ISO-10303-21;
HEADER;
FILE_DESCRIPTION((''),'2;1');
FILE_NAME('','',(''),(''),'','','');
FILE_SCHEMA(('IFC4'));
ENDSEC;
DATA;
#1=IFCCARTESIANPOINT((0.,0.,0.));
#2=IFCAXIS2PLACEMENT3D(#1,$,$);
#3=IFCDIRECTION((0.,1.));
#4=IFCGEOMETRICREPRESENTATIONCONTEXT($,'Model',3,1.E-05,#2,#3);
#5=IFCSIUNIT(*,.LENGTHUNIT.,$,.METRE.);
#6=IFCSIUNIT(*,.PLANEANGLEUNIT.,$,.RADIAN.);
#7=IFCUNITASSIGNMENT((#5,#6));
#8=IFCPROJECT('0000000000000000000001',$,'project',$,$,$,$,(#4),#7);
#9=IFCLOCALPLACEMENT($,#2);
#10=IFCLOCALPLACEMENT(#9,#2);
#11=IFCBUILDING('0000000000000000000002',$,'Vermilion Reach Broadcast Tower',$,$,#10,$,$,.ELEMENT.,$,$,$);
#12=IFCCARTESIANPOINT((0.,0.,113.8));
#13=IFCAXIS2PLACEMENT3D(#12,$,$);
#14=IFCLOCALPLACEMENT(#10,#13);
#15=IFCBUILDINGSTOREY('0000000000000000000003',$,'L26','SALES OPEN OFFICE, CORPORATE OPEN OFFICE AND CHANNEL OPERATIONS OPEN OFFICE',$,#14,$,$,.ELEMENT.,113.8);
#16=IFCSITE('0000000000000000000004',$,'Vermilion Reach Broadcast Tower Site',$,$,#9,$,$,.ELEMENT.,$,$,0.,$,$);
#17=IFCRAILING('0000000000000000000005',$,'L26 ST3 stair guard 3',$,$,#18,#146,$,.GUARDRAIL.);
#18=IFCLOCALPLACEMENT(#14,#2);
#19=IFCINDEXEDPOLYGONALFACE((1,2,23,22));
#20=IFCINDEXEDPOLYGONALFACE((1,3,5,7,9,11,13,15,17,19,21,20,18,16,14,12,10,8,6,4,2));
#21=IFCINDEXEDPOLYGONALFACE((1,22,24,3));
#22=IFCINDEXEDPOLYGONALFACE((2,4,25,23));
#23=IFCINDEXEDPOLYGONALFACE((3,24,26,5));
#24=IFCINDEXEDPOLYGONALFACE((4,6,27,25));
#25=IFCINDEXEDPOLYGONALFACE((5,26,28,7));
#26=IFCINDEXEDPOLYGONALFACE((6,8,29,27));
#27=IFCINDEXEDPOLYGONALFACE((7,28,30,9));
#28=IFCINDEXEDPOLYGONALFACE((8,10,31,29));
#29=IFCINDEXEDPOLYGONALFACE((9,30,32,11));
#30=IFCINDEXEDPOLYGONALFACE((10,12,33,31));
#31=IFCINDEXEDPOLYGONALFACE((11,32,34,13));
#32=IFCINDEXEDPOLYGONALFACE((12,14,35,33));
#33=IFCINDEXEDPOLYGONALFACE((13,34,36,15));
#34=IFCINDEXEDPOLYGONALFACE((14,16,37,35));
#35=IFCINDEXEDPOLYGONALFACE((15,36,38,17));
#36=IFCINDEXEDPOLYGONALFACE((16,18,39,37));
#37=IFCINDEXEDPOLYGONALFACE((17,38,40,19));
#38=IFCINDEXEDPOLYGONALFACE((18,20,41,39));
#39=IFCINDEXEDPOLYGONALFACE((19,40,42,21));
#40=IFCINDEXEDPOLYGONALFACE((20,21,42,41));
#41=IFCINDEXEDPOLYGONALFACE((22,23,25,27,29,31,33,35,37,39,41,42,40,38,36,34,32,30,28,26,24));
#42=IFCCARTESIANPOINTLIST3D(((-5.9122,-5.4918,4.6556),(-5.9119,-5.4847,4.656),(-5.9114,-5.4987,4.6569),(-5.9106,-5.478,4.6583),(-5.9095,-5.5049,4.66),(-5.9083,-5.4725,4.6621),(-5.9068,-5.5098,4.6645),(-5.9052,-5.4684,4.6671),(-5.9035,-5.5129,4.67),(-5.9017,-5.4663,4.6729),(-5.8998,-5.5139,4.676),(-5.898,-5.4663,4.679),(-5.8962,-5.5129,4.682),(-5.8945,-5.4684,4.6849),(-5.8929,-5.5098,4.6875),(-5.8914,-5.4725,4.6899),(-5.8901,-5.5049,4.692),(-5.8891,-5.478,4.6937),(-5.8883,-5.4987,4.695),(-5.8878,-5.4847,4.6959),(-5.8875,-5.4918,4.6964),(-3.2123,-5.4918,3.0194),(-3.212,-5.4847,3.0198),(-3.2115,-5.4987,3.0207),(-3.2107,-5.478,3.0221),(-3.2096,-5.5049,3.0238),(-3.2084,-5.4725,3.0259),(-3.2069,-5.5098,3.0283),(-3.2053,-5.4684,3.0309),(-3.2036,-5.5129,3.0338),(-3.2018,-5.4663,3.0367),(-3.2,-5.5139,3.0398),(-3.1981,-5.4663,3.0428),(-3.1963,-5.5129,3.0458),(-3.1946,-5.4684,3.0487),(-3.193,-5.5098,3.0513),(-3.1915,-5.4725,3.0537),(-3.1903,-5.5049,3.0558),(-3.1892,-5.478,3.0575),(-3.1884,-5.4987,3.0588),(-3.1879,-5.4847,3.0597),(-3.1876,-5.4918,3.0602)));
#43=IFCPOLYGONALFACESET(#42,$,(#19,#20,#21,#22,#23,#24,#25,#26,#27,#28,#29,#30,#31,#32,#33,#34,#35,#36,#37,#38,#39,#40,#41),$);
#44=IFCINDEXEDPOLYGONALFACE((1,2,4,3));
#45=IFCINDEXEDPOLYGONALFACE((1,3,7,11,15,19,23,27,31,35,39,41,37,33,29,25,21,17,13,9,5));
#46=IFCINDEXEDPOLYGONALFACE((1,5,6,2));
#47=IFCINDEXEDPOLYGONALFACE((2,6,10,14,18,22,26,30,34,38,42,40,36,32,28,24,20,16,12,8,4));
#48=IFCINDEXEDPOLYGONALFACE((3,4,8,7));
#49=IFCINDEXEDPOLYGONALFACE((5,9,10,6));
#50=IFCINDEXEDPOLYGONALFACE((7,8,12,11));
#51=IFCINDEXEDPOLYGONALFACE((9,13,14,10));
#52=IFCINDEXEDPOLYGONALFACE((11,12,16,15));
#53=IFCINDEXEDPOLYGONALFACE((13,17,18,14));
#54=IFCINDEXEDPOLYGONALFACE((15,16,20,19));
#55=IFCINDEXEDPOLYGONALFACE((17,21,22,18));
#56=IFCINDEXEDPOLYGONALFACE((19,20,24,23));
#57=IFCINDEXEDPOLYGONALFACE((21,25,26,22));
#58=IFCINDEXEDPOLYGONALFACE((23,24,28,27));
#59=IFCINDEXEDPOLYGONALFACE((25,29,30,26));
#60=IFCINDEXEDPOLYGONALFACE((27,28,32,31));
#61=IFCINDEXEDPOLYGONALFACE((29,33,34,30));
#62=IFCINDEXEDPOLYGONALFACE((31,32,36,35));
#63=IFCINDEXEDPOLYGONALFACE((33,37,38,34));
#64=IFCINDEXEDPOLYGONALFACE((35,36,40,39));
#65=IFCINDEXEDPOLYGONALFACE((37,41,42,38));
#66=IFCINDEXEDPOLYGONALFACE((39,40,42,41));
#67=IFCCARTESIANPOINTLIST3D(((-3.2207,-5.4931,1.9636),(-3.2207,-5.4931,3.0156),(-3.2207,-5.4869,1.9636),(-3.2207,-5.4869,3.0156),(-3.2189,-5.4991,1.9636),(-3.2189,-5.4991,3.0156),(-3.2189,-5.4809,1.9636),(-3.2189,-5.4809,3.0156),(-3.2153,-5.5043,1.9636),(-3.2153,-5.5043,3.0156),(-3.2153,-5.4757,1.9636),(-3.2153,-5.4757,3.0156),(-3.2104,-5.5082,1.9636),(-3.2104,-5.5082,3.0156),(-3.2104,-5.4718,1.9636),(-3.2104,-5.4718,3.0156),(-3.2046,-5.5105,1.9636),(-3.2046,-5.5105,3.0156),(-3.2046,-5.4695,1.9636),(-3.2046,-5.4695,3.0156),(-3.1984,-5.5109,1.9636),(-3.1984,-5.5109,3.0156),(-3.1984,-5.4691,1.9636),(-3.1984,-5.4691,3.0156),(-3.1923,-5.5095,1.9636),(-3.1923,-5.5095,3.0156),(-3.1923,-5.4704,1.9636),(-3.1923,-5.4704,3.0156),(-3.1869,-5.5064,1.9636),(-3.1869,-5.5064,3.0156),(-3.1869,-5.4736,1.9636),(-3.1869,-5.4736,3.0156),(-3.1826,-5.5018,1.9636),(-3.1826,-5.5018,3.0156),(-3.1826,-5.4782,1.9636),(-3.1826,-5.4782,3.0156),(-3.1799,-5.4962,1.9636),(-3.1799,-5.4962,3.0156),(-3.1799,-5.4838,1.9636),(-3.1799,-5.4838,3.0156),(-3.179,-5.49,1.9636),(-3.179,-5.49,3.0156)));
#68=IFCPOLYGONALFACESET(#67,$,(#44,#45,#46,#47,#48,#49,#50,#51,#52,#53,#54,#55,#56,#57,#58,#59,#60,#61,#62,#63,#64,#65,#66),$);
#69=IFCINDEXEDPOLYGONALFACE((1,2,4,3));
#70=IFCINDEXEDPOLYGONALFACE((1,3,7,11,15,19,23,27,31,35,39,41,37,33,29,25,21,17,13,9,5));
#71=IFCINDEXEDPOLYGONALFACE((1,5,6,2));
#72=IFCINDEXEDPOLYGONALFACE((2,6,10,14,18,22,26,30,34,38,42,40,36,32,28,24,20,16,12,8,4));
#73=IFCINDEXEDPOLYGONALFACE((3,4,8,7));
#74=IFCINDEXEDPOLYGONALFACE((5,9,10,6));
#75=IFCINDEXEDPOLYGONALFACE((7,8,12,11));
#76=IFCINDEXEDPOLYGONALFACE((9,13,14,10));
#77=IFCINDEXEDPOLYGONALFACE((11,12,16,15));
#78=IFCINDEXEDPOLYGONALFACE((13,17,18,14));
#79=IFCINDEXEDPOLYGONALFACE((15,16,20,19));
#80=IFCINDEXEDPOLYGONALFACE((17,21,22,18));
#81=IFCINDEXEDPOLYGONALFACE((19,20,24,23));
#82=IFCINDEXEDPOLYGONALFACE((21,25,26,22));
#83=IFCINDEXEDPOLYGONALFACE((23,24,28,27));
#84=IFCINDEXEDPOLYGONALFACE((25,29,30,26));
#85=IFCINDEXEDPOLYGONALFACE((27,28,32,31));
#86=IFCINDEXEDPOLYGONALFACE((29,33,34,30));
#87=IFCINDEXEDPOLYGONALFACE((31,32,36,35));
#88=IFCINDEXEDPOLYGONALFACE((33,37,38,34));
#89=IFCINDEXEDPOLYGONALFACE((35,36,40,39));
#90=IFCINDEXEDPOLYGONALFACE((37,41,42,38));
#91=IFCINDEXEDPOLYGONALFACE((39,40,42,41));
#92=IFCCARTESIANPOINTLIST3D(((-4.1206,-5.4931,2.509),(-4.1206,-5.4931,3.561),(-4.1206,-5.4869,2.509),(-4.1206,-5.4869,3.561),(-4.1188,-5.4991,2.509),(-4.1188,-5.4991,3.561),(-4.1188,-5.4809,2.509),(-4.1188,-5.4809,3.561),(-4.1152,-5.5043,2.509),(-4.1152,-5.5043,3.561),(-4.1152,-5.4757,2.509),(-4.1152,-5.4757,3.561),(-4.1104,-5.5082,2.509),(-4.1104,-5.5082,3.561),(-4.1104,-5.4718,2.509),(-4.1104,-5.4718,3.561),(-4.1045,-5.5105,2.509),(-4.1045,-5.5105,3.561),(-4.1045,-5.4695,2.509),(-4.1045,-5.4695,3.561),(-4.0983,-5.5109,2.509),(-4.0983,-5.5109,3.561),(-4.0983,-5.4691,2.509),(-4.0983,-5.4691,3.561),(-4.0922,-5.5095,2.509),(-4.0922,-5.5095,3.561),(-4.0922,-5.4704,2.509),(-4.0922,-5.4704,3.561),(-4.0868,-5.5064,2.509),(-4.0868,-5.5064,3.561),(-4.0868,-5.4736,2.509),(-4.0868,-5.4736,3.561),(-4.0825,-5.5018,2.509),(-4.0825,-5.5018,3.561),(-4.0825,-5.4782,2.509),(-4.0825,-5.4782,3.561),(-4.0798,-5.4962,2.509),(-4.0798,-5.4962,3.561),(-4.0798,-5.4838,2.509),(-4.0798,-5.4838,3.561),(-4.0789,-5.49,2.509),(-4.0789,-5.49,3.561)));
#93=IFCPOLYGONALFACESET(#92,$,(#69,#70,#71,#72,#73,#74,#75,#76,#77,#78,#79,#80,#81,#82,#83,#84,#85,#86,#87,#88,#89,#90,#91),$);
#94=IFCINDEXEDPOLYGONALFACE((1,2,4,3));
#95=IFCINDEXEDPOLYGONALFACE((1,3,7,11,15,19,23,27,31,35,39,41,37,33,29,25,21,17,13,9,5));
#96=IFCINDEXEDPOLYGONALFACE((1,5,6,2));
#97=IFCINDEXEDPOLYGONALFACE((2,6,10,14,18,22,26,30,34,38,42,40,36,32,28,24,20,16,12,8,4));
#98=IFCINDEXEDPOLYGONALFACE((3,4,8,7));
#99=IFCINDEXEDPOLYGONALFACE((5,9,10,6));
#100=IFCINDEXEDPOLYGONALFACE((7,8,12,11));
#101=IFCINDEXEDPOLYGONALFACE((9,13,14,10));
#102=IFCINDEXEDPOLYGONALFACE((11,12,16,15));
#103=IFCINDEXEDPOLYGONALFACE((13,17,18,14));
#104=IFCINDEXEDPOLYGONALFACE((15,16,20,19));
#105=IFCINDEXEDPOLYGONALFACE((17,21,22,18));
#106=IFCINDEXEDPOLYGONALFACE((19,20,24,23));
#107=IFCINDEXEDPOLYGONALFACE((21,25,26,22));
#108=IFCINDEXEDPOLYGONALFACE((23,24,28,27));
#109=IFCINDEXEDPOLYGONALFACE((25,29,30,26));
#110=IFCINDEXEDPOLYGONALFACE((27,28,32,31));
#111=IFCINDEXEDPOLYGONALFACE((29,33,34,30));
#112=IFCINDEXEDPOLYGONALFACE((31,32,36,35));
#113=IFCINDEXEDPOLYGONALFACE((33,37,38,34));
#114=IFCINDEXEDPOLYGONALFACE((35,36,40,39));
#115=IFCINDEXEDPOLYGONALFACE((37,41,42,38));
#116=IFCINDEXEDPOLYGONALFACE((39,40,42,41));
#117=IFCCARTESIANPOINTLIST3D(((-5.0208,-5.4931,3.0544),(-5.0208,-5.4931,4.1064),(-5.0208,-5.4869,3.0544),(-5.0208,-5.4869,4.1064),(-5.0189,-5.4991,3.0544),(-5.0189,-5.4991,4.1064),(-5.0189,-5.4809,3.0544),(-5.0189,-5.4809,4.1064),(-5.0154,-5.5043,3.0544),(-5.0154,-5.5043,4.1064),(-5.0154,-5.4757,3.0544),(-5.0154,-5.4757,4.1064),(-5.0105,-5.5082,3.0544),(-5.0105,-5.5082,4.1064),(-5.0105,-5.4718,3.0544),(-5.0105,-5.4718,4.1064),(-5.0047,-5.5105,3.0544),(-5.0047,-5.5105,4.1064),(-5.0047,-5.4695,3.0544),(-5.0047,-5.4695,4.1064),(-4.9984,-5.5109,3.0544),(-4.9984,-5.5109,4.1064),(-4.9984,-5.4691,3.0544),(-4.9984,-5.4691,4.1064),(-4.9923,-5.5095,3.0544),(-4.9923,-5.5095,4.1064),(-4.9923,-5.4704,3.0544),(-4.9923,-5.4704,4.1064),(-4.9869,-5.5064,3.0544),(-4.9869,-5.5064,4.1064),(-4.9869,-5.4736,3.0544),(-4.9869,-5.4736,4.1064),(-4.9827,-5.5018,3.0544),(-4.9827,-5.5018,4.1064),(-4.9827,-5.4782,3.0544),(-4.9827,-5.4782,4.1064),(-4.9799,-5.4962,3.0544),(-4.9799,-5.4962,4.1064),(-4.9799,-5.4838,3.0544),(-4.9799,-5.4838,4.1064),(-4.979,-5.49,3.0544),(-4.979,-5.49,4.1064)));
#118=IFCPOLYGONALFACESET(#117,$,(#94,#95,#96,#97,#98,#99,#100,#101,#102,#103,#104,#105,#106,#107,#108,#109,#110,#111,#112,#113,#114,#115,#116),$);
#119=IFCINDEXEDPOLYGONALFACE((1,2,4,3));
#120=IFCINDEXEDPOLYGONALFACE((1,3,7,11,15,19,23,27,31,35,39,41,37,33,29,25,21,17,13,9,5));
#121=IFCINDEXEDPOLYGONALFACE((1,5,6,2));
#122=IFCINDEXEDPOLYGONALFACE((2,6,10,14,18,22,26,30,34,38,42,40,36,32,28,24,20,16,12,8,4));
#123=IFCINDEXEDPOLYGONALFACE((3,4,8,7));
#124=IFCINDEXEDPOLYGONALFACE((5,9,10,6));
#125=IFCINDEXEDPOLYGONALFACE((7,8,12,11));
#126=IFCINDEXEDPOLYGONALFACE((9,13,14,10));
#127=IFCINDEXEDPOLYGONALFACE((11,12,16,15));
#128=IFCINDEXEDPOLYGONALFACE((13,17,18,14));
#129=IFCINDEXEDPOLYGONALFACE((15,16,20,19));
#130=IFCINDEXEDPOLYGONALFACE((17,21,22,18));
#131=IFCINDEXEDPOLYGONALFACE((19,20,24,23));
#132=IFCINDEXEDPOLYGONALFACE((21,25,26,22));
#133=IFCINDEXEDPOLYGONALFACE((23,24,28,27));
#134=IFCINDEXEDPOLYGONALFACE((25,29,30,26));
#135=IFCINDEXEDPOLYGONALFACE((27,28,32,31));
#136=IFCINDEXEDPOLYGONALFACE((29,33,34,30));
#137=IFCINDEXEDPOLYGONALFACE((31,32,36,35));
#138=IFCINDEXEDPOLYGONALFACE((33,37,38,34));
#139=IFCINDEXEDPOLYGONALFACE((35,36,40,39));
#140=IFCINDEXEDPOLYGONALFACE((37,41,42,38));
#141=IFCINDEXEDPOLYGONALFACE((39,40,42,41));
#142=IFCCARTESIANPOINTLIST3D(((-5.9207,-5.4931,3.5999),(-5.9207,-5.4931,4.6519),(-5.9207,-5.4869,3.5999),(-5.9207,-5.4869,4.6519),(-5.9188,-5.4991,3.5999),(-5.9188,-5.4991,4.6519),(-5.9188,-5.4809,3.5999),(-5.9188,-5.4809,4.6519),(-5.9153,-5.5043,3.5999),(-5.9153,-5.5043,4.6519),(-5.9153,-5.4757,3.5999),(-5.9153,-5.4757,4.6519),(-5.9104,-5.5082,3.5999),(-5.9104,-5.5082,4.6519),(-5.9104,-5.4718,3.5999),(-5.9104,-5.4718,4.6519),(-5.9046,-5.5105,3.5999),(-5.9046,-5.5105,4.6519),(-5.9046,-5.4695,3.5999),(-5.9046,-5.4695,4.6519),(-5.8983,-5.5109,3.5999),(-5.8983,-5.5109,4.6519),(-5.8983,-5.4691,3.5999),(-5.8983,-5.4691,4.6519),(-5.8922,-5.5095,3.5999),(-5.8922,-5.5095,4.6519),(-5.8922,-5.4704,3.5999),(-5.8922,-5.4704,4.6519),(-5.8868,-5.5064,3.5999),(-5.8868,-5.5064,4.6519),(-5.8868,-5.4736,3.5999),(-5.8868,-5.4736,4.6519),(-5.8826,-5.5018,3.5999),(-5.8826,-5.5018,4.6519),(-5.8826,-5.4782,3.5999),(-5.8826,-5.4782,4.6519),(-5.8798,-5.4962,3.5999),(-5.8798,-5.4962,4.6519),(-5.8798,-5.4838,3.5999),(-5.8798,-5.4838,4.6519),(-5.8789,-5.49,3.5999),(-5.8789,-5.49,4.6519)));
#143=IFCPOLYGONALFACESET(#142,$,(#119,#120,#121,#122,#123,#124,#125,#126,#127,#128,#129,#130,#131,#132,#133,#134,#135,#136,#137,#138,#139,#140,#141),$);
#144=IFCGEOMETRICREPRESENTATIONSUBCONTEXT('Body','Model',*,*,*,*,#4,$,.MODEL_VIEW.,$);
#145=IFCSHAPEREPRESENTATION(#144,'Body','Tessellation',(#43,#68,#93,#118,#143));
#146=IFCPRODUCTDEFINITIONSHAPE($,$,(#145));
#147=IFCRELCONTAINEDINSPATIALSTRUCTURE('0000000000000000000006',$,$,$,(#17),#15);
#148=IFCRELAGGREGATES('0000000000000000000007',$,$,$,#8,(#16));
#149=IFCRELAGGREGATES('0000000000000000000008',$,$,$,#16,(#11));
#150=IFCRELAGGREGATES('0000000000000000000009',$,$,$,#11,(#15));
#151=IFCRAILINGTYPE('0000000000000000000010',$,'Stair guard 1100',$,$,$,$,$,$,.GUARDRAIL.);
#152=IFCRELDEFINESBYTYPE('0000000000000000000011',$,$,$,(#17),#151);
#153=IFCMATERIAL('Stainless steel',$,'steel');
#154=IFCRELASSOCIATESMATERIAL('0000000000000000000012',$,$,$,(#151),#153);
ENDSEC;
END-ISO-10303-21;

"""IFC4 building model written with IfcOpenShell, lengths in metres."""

from ifc_helpers import new_model, si_unit, direction, frame, origin, origin_2d, place, context, subcontext, project, spatial, circle, extrude, material, type_object, element, save


model = new_model("IFC4")

# Units and contexts
model_context = context("Model", 3, precision=1e-05, world=origin(), true_north=direction((0.0, 1.0)))
body_context = subcontext(model_context, "Body", "Model", "MODEL_VIEW")
ifc_project = project(units=[si_unit("LENGTHUNIT", "METRE"), si_unit("PLANEANGLEUNIT", "RADIAN")], contexts=[model_context])

# Site, building, storey
site_placement = place(None, origin())
site = spatial("IfcSite", under=ifc_project, at=site_placement, Name="Vermilion Reach Broadcast Tower Site", CompositionType="ELEMENT", RefElevation=0.0)
building_placement = place(site_placement, origin())
building = spatial("IfcBuilding", under=site, at=building_placement, Name="Vermilion Reach Broadcast Tower", CompositionType="ELEMENT")
storey_placement = place(building_placement, frame((0.0, 0.0, 113.8)))
storey = spatial("IfcBuildingStorey", under=building, at=storey_placement, Name="L26", Description="SALES OPEN OFFICE, CORPORATE OPEN OFFICE AND CHANNEL OPERATIONS OPEN OFFICE", CompositionType="ELEMENT", Elevation=113.8)

# Railing
ifc_material_1 = material(Name="Stainless steel", Category="steel")
railing_type_1 = type_object("IfcRailingType", Name="Stair guard 1100", PredefinedType="GUARDRAIL", material=ifc_material_1)
railing_1_placement = place(storey_placement, frame((-3.2, -5.49, 1.9636)))
element("IfcRailing", 1, at=railing_1_placement, inside=storey, type_object=railing_type_1, Name="L26 ST3 stair guard 3", PredefinedType="GUARDRAIL", context=body_context, shape_type="SweptSolid", body=[
    extrude(circle(Radius=0.0239, at=origin_2d()), frame((0.0, 0.0, 1.0762), z_axis=(-0.855212, 0.0, 0.518278), x_axis=(0.0, -1.0, 0.0)), (0.0, 0.0, 1.0), 3.157),
    extrude(circle(Radius=0.021, at=origin_2d()), origin(), (0.0, 0.0, 1.0), 1.052),
    extrude(circle(Radius=0.021, at=origin_2d()), frame((-0.8999, 0.0, 0.5454)), (0.0, 0.0, 1.0), 1.052),
    extrude(circle(Radius=0.021, at=origin_2d()), frame((-1.8, 0.0, 1.0908)), (0.0, 0.0, 1.0), 1.052),
    extrude(circle(Radius=0.021, at=origin_2d()), frame((-2.7, 0.0, 1.6362)), (0.0, 0.0, 1.0), 1.052),
])

save(model, "model.ifc")
